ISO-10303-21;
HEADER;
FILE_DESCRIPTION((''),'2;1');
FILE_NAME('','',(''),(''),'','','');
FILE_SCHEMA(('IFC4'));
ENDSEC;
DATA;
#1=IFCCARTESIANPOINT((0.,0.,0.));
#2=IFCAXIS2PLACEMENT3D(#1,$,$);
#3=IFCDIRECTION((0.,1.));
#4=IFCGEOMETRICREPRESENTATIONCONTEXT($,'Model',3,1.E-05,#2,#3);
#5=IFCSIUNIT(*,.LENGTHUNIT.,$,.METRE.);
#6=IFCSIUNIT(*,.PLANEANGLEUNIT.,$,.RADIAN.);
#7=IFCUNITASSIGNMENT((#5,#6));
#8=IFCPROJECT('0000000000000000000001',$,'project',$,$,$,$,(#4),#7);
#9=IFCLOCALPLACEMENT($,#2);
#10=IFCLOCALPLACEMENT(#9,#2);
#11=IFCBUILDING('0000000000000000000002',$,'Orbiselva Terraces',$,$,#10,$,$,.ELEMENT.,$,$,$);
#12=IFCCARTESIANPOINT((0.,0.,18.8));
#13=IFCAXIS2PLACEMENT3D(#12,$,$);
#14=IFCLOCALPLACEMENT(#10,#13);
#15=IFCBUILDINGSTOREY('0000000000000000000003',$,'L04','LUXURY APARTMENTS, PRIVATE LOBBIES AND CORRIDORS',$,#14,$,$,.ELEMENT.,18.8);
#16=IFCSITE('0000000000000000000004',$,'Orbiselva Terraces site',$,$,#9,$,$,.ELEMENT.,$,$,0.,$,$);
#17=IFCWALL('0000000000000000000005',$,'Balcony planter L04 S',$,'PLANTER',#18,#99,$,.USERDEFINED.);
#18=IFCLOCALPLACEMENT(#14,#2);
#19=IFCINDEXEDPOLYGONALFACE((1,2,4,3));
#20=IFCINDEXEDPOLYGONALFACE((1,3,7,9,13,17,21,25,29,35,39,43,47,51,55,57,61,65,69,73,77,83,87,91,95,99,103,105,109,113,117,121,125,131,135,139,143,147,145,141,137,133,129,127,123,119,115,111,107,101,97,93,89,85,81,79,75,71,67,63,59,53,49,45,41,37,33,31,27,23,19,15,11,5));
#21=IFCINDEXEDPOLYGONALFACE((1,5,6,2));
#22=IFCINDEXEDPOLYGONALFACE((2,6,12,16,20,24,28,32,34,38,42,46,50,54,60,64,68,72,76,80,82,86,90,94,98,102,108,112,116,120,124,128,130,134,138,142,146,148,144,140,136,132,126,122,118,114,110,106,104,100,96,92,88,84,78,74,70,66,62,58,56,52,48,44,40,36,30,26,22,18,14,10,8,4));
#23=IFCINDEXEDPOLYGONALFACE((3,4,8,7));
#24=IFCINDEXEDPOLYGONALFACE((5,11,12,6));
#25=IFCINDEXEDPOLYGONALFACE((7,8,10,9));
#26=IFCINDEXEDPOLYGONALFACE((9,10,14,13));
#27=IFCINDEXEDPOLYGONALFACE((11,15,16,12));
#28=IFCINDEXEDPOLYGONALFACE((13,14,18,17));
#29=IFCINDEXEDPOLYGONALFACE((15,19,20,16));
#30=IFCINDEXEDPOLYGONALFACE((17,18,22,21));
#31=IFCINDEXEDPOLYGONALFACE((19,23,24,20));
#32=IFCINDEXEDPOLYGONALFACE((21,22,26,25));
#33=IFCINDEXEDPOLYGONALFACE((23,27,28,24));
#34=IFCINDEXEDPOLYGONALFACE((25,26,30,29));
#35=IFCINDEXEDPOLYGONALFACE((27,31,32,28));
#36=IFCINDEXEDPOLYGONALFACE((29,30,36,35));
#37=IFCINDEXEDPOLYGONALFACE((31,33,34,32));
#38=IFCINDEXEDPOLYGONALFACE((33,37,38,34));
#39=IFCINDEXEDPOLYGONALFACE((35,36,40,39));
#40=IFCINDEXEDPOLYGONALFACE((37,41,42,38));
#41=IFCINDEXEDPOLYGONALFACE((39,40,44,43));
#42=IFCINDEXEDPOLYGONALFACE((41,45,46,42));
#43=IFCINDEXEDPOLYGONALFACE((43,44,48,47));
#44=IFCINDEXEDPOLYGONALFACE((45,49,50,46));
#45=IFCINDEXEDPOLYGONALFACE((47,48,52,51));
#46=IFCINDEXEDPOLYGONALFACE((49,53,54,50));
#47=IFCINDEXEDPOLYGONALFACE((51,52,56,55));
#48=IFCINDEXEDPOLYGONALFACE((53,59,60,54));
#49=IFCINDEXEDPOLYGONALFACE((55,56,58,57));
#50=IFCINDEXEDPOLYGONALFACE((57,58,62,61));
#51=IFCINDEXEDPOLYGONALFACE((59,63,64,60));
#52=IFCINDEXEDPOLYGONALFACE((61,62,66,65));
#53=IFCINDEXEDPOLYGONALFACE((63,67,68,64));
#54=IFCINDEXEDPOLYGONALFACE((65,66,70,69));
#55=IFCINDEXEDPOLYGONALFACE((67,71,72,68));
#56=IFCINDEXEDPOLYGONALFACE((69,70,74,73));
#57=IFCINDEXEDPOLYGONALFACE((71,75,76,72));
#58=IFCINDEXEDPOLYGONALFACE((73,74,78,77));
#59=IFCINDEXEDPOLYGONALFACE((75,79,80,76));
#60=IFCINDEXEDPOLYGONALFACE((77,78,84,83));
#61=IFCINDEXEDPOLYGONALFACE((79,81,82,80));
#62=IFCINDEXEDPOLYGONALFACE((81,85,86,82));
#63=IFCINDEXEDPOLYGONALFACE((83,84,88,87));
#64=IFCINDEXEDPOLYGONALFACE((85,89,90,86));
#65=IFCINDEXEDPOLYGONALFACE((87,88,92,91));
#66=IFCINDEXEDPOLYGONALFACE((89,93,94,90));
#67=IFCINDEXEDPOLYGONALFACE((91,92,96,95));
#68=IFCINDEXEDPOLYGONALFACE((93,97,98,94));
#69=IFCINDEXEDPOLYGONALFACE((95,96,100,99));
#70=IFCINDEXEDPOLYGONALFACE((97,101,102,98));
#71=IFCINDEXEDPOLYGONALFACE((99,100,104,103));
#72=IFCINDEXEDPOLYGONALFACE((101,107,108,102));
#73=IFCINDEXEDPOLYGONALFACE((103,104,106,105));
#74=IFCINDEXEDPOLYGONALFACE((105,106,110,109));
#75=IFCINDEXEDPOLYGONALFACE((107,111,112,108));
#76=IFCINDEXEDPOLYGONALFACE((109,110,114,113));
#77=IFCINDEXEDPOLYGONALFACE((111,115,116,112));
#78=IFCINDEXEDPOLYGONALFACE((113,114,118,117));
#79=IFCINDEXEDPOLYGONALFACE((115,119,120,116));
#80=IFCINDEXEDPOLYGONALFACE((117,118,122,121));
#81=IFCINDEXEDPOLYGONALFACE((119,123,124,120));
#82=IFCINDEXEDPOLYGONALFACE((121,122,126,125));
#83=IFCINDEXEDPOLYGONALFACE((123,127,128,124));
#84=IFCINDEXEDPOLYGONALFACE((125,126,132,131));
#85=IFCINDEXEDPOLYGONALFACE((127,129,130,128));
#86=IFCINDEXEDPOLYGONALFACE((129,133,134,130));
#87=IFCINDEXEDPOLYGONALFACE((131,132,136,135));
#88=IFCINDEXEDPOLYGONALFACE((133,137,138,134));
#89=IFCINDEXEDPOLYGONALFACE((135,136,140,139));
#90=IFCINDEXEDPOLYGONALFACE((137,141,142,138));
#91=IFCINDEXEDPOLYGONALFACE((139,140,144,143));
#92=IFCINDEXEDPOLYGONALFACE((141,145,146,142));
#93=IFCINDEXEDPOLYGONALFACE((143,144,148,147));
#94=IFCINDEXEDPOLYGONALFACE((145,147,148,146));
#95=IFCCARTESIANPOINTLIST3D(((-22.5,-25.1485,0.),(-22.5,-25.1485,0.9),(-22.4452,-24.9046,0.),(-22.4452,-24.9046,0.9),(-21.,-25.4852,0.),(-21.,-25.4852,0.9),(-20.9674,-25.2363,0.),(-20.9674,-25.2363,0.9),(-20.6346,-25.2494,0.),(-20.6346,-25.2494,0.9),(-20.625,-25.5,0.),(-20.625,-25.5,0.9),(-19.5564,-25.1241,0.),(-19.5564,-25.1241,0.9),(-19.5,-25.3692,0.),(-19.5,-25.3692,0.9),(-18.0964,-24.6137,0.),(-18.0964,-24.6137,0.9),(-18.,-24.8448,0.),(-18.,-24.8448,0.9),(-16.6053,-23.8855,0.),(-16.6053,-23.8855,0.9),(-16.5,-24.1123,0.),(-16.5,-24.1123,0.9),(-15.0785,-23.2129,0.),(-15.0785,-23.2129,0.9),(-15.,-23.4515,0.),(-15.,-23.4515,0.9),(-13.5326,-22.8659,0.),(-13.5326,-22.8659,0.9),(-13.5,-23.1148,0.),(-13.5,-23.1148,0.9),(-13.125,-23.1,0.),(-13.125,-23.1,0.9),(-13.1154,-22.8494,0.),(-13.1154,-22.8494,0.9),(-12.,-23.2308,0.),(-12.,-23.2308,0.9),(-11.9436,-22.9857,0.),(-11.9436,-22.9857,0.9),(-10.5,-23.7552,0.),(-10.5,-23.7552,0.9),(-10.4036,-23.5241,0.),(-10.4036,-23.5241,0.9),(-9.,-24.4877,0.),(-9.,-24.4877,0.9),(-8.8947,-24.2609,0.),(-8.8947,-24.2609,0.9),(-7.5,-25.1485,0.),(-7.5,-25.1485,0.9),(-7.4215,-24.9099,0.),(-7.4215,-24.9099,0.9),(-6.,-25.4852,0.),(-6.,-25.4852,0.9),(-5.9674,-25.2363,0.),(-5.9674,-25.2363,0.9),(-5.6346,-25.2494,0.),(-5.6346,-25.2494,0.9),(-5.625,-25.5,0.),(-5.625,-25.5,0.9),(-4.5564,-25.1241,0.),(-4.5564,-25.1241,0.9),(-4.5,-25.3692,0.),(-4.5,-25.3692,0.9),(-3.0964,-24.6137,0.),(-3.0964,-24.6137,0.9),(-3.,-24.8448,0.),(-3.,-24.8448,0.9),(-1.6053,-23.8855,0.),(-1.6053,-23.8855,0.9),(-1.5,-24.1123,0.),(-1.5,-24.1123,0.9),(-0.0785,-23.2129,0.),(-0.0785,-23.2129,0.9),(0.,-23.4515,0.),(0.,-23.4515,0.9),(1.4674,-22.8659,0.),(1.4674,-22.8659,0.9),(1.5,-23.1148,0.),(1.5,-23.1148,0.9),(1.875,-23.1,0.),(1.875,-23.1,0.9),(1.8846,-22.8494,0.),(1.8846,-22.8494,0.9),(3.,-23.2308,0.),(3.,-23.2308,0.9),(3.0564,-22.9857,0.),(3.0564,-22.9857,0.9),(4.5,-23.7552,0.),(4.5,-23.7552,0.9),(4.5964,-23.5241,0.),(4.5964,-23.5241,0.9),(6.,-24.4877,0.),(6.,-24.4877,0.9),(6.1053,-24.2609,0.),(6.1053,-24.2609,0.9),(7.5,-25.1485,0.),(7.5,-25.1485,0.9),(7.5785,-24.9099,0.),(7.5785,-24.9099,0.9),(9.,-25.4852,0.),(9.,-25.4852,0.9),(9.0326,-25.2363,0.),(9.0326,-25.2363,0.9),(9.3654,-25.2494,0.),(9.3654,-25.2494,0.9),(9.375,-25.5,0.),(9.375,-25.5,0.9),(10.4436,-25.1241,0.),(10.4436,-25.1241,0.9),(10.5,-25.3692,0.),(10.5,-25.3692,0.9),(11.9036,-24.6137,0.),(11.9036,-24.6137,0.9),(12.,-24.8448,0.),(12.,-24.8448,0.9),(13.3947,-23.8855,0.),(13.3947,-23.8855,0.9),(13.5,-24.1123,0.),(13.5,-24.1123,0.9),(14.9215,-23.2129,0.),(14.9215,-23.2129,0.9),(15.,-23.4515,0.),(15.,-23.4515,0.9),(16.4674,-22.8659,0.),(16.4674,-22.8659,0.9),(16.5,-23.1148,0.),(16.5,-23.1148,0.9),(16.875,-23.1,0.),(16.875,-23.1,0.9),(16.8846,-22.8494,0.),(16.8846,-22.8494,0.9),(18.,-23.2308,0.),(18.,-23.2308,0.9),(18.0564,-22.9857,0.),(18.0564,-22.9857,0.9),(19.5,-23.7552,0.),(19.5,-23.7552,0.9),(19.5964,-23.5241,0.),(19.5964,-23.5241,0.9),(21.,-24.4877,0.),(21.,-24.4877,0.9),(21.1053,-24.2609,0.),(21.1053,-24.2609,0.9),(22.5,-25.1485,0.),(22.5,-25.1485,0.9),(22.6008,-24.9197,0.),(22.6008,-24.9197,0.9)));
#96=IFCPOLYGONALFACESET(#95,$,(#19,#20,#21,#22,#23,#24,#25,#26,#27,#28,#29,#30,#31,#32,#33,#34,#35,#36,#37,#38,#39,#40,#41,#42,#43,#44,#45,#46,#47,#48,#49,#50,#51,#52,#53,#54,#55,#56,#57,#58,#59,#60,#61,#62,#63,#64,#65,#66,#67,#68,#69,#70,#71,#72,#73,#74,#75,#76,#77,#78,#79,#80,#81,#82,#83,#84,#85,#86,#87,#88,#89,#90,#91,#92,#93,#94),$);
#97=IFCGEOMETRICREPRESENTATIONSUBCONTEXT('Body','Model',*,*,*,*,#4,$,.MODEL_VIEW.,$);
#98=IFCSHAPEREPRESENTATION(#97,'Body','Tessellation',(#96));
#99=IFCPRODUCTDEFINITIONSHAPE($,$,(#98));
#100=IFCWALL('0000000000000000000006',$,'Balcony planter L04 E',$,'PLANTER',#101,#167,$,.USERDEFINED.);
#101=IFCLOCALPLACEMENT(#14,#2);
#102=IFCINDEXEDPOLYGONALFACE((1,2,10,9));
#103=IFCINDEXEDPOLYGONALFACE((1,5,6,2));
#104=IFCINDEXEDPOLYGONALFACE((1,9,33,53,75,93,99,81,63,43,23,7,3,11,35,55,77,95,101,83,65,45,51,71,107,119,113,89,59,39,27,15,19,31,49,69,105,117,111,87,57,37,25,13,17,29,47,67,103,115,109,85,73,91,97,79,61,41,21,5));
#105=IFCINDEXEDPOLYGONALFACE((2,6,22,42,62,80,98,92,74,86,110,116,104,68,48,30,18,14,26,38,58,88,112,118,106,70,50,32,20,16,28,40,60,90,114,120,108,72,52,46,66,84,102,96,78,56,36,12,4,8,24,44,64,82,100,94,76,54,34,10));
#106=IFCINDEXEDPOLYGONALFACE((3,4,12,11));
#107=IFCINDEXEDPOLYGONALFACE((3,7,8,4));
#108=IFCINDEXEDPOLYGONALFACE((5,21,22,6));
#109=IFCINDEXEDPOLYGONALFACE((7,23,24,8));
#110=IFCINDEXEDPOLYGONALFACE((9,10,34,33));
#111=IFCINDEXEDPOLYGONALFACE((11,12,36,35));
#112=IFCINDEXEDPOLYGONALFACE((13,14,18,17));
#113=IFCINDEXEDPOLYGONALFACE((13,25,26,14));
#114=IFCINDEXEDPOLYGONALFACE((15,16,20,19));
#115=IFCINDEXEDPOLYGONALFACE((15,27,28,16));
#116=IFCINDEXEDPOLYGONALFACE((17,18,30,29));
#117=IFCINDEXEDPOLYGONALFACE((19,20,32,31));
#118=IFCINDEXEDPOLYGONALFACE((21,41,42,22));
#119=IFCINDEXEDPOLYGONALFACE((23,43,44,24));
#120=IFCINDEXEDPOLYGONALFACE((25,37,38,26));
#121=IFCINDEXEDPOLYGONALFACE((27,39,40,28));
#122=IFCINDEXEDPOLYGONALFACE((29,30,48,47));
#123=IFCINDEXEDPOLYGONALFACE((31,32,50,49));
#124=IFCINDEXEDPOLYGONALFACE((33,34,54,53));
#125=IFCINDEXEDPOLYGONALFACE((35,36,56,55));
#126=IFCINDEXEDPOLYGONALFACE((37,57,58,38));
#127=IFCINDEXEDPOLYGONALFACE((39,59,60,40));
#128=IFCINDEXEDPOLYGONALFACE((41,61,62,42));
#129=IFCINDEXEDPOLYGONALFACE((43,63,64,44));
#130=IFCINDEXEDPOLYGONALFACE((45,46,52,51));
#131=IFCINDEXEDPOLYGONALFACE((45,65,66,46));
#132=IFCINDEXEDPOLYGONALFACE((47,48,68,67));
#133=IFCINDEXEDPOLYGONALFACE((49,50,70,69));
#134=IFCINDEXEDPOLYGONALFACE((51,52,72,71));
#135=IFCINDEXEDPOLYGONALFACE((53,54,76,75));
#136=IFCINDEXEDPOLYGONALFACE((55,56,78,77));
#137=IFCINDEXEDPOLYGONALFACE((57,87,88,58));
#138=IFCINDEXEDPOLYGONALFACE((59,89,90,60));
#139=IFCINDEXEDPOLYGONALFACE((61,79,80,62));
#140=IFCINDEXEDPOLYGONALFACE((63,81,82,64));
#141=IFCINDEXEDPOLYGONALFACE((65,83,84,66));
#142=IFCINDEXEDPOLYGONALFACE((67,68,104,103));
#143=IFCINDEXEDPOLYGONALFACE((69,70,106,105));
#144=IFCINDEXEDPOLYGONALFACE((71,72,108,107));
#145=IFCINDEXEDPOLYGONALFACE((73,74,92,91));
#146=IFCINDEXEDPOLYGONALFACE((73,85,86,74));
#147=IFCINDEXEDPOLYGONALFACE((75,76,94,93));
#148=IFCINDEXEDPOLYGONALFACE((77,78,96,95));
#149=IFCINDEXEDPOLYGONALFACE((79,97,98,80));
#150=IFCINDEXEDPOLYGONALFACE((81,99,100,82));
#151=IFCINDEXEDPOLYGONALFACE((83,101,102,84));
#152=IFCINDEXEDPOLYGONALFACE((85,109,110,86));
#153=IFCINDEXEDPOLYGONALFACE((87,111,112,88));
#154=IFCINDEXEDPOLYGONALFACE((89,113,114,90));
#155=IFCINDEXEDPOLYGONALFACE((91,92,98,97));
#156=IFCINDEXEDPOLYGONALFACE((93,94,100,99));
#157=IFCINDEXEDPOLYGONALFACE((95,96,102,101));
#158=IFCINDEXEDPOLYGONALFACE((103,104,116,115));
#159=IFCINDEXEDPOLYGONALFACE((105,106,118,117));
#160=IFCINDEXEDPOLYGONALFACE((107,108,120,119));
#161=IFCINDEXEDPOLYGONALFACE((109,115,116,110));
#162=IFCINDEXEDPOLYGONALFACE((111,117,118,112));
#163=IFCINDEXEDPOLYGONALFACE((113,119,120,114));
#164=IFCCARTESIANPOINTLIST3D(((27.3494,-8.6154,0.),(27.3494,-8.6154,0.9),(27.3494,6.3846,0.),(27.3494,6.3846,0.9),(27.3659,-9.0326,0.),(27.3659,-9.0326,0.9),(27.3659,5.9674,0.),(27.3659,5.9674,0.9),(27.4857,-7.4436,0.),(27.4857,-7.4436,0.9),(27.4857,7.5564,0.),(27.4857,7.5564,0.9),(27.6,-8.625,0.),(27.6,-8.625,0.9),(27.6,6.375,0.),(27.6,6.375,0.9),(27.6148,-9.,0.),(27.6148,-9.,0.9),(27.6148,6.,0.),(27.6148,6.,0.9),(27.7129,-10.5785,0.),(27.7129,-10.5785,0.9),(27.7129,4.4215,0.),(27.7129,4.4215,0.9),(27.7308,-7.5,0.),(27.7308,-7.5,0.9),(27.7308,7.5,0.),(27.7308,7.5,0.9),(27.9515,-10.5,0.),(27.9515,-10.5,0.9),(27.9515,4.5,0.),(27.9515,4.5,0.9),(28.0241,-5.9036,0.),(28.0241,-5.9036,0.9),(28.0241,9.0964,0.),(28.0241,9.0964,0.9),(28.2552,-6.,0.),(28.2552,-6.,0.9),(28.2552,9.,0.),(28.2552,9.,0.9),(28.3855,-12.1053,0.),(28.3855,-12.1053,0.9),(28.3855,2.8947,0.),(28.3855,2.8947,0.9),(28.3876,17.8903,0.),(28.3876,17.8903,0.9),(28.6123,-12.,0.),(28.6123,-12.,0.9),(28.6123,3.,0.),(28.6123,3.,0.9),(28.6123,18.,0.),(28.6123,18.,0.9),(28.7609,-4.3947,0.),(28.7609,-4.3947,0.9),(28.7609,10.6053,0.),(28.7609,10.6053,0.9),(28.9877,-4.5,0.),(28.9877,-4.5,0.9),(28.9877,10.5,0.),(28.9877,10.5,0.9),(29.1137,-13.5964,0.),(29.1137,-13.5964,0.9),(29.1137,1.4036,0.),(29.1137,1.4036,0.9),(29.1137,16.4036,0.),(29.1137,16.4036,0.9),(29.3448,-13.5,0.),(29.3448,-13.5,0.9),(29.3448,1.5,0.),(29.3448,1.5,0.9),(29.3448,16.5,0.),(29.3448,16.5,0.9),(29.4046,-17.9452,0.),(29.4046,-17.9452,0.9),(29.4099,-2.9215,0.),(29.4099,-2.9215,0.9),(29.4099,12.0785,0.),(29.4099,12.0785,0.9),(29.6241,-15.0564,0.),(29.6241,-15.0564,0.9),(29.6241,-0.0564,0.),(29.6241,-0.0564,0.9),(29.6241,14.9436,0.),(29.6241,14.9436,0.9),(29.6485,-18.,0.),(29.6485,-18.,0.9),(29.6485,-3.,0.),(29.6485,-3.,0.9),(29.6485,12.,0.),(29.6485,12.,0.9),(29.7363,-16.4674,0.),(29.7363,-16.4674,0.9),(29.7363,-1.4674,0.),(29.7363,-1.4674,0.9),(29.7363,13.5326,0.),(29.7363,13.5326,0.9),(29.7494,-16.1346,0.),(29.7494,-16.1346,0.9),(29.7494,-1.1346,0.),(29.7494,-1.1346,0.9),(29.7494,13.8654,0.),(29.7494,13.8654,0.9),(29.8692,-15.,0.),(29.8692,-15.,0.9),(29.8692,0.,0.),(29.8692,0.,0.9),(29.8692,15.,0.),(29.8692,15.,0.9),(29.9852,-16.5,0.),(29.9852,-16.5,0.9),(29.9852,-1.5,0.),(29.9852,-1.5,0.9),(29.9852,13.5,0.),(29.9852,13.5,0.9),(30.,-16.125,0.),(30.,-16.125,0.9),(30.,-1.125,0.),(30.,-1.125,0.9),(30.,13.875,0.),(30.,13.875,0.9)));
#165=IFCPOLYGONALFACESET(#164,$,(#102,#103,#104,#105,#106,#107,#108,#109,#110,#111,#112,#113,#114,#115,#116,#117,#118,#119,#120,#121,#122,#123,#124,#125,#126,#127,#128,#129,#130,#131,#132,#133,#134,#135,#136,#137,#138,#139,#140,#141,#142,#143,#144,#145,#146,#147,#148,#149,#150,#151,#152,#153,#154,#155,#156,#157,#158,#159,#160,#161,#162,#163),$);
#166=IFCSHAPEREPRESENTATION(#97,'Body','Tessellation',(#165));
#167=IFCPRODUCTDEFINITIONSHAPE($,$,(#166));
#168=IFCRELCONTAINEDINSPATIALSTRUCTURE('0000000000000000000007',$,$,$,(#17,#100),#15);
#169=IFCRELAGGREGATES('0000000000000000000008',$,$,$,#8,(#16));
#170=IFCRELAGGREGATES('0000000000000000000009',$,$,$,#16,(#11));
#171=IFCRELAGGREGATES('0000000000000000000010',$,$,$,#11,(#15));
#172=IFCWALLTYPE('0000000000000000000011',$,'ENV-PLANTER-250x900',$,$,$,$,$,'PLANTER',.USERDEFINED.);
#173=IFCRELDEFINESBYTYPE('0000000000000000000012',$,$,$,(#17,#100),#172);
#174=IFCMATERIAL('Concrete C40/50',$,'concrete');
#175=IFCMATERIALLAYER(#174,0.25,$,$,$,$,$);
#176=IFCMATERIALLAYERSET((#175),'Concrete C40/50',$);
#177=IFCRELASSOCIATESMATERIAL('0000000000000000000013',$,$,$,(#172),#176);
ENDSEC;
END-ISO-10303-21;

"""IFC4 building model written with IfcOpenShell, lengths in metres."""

from ifc_helpers import new_model, si_unit, direction, frame, origin, place, context, subcontext, project, spatial, polyline, outline, extrude, material, layer, layer_set, type_object, element, save


model = new_model("IFC4")

# Units and contexts
model_context = context("Model", 3, precision=1e-05, world=origin(), true_north=direction((0.0, 1.0)))
body_context = subcontext(model_context, "Body", "Model", "MODEL_VIEW")
ifc_project = project(units=[si_unit("LENGTHUNIT", "METRE"), si_unit("PLANEANGLEUNIT", "RADIAN")], contexts=[model_context])

# Site, building, storey
site_placement = place(None, origin())
site = spatial("IfcSite", under=ifc_project, at=site_placement, Name="Orbiselva Terraces site", CompositionType="ELEMENT", RefElevation=0.0)
building_placement = place(site_placement, origin())
building = spatial("IfcBuilding", under=site, at=building_placement, Name="Orbiselva Terraces", CompositionType="ELEMENT")
storey_placement = place(building_placement, frame((0.0, 0.0, 18.8)))
storey = spatial("IfcBuildingStorey", under=building, at=storey_placement, Name="L04", Description="LUXURY APARTMENTS, PRIVATE LOBBIES AND CORRIDORS", CompositionType="ELEMENT", Elevation=18.8)

# Shared definitions
ifc_material_1 = material(Name="Concrete C40/50", Category="concrete")

# Walls
ifc_layer_1 = layer(ifc_material_1, 0.25)
ifc_layer_set_1 = layer_set([ifc_layer_1], Name="Concrete C40/50")
wall_type_1 = type_object("IfcWallType", Name="ENV-PLANTER-250x900", ElementType="PLANTER", PredefinedType="USERDEFINED", material=ifc_layer_set_1)
wall_1_placement = place(storey_placement, origin())
element("IfcWall", 1, at=wall_1_placement, inside=storey, type_object=wall_type_1, Name="Balcony planter L04 S", ObjectType="PLANTER", PredefinedType="USERDEFINED", context=body_context, shape_type="SweptSolid", body=[
    extrude(outline(polyline([(-22.5, -25.1485), (-21.0, -25.4852), (-20.625, -25.5), (-19.5, -25.3692), (-18.0, -24.8448), (-16.5, -24.1123), (-15.0, -23.4515), (-13.5, -23.1148), (-13.125, -23.1), (-12.0, -23.2308), (-10.5, -23.7552), (-9.0, -24.4877), (-7.5, -25.1485), (-6.0, -25.4852), (-5.625, -25.5), (-4.5, -25.3692), (-3.0, -24.8448), (-1.5, -24.1123), (0.0, -23.4515), (1.5, -23.1148), (1.875, -23.1), (3.0, -23.2308), (4.5, -23.7552), (6.0, -24.4877), (7.5, -25.1485), (9.0, -25.4852), (9.375, -25.5), (10.5, -25.3692), (12.0, -24.8448), (13.5, -24.1123), (15.0, -23.4515), (16.5, -23.1148), (16.875, -23.1), (18.0, -23.2308), (19.5, -23.7552), (21.0, -24.4877), (22.5, -25.1485), (22.6008, -24.9197), (21.1053, -24.2609), (19.5964, -23.5241), (18.0564, -22.9857), (16.8846, -22.8494), (16.4674, -22.8659), (14.9215, -23.2129), (13.3947, -23.8855), (11.9036, -24.6137), (10.4436, -25.1241), (9.3654, -25.2494), (9.0326, -25.2363), (7.5785, -24.9099), (6.1053, -24.2609), (4.5964, -23.5241), (3.0564, -22.9857), (1.8846, -22.8494), (1.4674, -22.8659), (-0.0785, -23.2129), (-1.6053, -23.8855), (-3.0964, -24.6137), (-4.5564, -25.1241), (-5.6346, -25.2494), (-5.9674, -25.2363), (-7.4215, -24.9099), (-8.8947, -24.2609), (-10.4036, -23.5241), (-11.9436, -22.9857), (-13.1154, -22.8494), (-13.5326, -22.8659), (-15.0785, -23.2129), (-16.6053, -23.8855), (-18.0964, -24.6137), (-19.5564, -25.1241), (-20.6346, -25.2494), (-20.9674, -25.2363), (-22.4452, -24.9046), (-22.5, -25.1485)])), origin(), (0.0, 0.0, 1.0), 0.9),
])
wall_2_placement = place(storey_placement, origin())
element("IfcWall", 2, at=wall_2_placement, inside=storey, type_object=wall_type_1, Name="Balcony planter L04 E", ObjectType="PLANTER", PredefinedType="USERDEFINED", context=body_context, shape_type="SweptSolid", body=[
    extrude(outline(polyline([(29.6485, -18.0), (29.9852, -16.5), (30.0, -16.125), (29.8692, -15.0), (29.3448, -13.5), (28.6123, -12.0), (27.9515, -10.5), (27.6148, -9.0), (27.6, -8.625), (27.7308, -7.5), (28.2552, -6.0), (28.9877, -4.5), (29.6485, -3.0), (29.9852, -1.5), (30.0, -1.125), (29.8692, 0.0), (29.3448, 1.5), (28.6123, 3.0), (27.9515, 4.5), (27.6148, 6.0), (27.6, 6.375), (27.7308, 7.5), (28.2552, 9.0), (28.9877, 10.5), (29.6485, 12.0), (29.9852, 13.5), (30.0, 13.875), (29.8692, 15.0), (29.3448, 16.5), (28.6123, 18.0), (28.3876, 17.8903), (29.1137, 16.4036), (29.6241, 14.9436), (29.7494, 13.8654), (29.7363, 13.5326), (29.4099, 12.0785), (28.7609, 10.6053), (28.0241, 9.0964), (27.4857, 7.5564), (27.3494, 6.3846), (27.3659, 5.9674), (27.7129, 4.4215), (28.3855, 2.8947), (29.1137, 1.4036), (29.6241, -0.0564), (29.7494, -1.1346), (29.7363, -1.4674), (29.4099, -2.9215), (28.7609, -4.3947), (28.0241, -5.9036), (27.4857, -7.4436), (27.3494, -8.6154), (27.3659, -9.0326), (27.7129, -10.5785), (28.3855, -12.1053), (29.1137, -13.5964), (29.6241, -15.0564), (29.7494, -16.1346), (29.7363, -16.4674), (29.4046, -17.9452), (29.6485, -18.0)])), origin(), (0.0, 0.0, 1.0), 0.9),
])

save(model, "model.ifc")
